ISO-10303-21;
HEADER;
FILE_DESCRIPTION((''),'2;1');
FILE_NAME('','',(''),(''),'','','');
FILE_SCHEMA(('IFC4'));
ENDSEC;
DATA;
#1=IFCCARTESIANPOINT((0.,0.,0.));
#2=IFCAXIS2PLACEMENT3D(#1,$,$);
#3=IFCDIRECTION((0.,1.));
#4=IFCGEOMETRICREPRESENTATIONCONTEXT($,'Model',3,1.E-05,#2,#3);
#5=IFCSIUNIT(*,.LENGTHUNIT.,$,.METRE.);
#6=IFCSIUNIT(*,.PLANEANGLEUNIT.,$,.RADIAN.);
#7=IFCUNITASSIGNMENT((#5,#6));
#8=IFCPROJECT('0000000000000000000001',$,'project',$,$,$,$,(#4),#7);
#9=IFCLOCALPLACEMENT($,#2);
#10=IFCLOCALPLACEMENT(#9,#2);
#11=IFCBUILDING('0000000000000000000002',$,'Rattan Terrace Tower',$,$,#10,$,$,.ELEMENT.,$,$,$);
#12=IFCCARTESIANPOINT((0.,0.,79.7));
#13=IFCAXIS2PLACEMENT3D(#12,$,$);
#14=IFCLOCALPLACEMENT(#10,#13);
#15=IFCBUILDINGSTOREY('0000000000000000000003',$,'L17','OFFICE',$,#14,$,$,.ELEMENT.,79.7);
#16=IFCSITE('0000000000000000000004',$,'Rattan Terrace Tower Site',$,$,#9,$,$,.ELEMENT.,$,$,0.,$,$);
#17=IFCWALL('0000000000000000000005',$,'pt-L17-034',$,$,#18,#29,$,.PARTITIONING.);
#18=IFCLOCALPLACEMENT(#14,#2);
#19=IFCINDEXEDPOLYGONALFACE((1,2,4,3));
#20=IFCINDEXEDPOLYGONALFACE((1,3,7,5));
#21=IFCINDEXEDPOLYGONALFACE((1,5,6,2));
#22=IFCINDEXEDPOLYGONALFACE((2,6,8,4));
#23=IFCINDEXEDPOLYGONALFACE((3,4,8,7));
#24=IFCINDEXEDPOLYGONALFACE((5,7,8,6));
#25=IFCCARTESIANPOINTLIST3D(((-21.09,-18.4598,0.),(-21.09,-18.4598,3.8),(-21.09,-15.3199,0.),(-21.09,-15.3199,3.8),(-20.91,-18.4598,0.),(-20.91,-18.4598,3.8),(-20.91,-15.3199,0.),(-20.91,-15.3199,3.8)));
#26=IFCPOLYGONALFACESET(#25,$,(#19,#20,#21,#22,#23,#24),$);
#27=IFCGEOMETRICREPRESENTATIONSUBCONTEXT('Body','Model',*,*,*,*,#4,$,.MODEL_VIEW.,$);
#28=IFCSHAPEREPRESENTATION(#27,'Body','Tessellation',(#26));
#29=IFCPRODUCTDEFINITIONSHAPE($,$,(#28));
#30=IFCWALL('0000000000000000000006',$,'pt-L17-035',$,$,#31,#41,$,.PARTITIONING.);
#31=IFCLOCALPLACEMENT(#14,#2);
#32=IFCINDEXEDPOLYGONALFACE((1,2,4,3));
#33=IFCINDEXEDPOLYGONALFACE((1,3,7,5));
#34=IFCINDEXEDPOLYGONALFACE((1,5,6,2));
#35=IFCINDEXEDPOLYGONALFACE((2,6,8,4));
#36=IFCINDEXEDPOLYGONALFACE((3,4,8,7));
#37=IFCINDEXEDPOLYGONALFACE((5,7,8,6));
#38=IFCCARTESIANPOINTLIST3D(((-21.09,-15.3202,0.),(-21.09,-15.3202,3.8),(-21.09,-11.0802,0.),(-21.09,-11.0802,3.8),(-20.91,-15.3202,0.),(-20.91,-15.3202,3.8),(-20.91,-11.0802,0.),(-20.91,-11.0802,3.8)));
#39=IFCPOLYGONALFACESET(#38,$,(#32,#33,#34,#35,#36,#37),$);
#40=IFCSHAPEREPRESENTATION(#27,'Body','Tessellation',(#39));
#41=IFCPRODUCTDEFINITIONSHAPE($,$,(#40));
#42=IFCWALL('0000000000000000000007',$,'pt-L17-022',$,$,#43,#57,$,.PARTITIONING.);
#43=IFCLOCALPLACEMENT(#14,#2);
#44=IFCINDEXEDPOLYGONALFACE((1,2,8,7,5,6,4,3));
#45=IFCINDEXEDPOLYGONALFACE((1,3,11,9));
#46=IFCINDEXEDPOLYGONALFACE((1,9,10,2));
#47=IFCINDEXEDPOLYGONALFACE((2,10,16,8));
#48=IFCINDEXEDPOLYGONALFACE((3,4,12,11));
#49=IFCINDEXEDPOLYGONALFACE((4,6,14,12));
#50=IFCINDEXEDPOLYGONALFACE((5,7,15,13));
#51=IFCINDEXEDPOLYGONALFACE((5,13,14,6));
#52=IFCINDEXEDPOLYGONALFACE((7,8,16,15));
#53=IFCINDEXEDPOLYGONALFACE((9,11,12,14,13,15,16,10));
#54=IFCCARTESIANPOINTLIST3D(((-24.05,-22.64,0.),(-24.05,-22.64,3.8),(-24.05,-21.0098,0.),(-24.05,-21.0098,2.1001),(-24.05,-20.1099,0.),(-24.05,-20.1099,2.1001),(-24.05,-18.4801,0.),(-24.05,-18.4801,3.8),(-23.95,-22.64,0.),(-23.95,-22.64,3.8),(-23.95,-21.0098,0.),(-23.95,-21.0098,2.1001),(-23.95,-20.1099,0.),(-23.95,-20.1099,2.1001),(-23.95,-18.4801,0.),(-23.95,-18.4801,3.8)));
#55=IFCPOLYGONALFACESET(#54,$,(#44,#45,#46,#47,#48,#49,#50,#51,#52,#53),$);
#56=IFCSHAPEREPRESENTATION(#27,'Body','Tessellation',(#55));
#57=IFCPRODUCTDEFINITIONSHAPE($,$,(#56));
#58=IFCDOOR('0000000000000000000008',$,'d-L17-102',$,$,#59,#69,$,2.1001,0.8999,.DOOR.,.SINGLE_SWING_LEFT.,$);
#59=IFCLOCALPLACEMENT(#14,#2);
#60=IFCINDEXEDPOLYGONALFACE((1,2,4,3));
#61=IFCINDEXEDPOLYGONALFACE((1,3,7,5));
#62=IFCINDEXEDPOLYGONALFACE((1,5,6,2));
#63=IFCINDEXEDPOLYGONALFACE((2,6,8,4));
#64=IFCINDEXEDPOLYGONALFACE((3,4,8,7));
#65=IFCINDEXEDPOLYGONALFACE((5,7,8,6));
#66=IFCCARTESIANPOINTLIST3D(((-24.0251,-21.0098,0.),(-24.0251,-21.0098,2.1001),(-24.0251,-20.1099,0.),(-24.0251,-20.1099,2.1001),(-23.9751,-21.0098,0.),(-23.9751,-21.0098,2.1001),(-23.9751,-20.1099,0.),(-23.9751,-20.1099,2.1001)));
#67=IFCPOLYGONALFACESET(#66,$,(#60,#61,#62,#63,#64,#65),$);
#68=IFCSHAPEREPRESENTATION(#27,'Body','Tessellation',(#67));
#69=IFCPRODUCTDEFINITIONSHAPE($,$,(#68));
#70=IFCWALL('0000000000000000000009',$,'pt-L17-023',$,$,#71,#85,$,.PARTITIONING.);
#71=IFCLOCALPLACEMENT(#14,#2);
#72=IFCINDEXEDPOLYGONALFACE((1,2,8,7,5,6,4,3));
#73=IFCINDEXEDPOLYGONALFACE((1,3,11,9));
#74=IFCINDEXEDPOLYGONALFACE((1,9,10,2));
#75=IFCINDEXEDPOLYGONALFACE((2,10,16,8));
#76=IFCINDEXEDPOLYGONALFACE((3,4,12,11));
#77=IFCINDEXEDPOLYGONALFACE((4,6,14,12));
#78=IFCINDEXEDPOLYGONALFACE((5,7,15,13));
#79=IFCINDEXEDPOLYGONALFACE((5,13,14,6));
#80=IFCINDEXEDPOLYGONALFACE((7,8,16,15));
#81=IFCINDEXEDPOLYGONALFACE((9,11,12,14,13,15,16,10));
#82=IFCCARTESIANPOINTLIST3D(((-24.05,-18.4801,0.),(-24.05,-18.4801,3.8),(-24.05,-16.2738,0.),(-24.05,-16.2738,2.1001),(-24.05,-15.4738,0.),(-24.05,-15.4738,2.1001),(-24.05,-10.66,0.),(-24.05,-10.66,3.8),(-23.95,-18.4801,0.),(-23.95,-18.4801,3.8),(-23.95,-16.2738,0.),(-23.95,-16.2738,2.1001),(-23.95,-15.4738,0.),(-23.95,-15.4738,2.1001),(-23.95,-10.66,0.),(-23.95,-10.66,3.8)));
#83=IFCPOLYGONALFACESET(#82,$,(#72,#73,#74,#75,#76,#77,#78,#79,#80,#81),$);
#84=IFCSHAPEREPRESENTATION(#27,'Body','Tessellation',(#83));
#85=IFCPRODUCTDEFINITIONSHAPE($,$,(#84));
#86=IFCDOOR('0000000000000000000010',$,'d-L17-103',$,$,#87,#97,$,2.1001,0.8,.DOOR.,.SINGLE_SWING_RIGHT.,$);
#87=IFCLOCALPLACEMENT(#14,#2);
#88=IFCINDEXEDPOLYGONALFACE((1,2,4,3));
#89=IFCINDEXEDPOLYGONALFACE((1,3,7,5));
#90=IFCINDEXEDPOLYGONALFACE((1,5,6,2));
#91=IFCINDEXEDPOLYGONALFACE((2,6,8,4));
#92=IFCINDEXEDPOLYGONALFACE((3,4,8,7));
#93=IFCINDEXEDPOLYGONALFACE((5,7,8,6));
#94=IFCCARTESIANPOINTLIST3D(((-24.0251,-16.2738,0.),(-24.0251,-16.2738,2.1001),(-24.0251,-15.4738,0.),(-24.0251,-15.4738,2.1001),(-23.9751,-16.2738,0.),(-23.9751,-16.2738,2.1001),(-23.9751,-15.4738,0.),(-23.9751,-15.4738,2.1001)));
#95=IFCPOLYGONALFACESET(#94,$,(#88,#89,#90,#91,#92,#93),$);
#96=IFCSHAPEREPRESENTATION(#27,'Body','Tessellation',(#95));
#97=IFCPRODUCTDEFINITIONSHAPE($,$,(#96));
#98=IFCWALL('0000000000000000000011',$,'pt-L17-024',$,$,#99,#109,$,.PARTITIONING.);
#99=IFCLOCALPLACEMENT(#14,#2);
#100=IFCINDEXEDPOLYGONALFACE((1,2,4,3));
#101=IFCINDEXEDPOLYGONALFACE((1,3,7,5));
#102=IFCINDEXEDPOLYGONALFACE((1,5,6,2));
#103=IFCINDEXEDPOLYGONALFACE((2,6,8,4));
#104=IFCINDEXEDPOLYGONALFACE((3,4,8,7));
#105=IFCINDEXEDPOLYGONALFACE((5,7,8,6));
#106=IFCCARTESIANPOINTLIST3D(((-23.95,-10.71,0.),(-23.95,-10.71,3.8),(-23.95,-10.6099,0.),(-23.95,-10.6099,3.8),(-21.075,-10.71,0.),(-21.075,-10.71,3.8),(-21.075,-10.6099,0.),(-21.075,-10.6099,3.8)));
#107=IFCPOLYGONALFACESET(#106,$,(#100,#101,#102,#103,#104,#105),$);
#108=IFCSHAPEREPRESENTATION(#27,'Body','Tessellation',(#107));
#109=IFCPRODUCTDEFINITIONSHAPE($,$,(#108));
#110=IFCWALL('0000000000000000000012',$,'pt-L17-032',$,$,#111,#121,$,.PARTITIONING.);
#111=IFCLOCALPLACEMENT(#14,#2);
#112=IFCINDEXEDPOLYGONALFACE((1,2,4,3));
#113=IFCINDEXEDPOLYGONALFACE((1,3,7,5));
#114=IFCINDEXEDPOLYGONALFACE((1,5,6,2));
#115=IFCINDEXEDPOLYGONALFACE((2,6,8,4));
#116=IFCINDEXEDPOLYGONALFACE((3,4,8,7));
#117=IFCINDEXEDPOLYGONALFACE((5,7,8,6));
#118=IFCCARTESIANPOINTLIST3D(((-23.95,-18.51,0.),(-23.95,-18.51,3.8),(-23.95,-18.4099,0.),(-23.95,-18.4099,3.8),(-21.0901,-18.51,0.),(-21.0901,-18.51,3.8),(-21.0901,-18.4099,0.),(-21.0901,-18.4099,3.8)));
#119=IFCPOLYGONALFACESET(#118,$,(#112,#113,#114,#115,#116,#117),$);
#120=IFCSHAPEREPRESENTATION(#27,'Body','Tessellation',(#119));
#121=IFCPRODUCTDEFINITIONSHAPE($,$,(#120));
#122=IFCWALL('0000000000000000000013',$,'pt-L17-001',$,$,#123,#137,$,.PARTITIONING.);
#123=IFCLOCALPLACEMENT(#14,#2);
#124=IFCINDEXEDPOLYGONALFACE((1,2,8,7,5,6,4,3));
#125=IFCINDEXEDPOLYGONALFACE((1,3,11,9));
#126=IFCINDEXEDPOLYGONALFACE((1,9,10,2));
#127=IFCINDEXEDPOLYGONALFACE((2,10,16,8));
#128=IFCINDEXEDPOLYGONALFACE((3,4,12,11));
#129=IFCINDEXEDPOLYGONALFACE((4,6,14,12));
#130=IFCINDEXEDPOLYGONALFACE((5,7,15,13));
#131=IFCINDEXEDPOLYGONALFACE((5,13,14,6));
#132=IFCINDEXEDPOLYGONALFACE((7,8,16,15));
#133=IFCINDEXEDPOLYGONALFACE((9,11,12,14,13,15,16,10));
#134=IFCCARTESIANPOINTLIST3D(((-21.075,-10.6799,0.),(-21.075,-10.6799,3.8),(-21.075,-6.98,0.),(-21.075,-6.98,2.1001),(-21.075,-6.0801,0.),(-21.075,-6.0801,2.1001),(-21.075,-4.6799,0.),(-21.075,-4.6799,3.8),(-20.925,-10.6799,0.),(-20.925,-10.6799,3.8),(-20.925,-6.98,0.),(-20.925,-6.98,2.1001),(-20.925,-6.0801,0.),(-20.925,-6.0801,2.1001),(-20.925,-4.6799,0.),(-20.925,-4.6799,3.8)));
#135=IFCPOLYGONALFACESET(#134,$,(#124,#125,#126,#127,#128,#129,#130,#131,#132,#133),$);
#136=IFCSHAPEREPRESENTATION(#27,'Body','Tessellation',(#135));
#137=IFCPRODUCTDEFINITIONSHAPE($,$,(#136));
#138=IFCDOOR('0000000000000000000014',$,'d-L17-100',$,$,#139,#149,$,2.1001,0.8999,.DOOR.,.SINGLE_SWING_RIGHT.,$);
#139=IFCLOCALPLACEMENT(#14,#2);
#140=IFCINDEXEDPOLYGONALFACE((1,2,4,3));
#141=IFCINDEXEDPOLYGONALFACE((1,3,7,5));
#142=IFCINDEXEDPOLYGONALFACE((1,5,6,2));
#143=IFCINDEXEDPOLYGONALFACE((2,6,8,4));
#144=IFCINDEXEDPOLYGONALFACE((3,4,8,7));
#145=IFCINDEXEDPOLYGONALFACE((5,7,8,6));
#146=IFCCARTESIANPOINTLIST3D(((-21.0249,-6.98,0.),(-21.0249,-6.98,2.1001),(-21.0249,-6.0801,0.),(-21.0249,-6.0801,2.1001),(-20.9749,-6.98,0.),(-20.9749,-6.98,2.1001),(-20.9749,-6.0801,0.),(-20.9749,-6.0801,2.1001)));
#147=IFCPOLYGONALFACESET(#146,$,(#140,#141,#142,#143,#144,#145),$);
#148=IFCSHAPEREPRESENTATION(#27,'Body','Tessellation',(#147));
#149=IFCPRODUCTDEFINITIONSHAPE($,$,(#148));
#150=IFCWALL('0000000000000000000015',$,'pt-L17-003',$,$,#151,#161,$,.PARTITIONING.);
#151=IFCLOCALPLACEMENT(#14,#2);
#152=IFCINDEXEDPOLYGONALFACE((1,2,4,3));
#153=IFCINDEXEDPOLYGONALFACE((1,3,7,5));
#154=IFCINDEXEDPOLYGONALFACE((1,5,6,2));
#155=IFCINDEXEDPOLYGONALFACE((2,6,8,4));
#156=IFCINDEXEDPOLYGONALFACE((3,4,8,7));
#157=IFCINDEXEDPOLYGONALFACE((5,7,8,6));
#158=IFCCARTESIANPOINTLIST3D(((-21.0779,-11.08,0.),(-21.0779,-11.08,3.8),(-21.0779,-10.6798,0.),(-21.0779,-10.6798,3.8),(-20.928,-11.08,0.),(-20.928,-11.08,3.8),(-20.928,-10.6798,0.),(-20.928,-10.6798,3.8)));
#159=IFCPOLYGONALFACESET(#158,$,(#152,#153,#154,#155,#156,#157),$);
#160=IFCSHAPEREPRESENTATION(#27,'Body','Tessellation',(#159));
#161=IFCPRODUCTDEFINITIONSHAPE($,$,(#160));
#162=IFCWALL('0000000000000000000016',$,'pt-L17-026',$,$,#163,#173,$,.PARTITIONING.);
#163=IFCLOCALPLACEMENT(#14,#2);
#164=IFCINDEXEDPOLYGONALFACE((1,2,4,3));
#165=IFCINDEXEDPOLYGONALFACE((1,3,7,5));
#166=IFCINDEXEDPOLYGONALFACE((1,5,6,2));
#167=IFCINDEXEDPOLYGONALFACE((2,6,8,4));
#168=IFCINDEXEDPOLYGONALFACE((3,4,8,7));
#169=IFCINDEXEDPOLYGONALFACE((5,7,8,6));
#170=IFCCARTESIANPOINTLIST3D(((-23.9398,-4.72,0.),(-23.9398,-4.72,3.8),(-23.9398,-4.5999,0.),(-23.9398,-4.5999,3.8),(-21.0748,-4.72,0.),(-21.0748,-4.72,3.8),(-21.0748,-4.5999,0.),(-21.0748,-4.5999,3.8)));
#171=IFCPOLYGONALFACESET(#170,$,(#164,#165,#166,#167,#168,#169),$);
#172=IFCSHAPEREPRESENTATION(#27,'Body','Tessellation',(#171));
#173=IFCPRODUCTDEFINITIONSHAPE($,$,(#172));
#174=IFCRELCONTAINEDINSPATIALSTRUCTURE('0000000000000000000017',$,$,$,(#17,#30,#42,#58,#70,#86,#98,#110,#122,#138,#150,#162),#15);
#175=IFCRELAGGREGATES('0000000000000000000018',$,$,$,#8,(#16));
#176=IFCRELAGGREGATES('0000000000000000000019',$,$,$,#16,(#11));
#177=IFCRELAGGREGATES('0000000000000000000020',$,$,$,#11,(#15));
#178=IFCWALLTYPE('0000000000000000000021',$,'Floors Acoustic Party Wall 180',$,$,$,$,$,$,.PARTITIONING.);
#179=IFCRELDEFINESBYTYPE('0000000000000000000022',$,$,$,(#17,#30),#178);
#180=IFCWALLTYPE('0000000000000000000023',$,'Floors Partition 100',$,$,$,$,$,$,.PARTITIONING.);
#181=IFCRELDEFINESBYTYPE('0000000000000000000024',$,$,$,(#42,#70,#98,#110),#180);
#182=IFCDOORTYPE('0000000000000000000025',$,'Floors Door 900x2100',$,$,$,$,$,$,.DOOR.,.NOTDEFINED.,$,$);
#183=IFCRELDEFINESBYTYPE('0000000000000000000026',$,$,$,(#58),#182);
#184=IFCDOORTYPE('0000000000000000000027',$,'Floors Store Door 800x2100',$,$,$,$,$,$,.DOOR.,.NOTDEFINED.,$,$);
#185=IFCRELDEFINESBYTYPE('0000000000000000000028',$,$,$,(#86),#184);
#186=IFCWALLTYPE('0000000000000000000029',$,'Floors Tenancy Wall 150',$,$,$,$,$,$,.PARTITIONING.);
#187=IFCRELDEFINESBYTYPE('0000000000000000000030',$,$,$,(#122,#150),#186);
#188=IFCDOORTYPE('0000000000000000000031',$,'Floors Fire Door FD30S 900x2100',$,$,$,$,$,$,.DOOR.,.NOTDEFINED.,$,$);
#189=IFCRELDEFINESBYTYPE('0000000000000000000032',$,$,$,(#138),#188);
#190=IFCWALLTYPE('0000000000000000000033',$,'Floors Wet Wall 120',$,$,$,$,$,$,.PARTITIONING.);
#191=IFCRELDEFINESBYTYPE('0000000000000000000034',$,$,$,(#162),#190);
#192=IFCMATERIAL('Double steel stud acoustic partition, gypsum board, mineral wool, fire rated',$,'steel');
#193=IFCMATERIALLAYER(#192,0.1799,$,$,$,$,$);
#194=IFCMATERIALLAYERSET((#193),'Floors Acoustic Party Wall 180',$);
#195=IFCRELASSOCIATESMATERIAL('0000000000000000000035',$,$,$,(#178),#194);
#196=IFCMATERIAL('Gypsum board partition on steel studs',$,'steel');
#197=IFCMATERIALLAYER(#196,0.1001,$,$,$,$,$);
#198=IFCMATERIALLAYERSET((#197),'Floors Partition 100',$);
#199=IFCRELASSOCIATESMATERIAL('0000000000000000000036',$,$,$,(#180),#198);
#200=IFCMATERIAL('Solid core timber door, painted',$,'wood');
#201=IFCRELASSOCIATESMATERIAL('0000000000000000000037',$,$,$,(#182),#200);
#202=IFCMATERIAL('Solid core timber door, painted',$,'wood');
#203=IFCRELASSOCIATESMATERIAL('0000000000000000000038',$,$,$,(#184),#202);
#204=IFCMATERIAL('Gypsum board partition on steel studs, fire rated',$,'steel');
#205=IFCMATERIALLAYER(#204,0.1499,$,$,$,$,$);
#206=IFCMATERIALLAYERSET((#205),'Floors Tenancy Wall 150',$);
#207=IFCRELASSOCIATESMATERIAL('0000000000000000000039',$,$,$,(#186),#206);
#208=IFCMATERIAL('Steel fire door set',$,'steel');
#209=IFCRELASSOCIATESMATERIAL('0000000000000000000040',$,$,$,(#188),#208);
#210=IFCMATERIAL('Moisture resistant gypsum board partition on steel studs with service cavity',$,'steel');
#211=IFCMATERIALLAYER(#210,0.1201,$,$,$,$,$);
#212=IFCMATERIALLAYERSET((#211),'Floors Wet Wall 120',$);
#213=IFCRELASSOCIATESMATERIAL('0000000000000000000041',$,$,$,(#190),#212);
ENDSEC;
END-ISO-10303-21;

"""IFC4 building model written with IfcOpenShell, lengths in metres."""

from ifc_helpers import new_model, si_unit, direction, frame, frame_2d, origin, place, context, subcontext, project, spatial, rectangle, extrude, material, layer, layer_set, type_object, element, fill, save


model = new_model("IFC4")

# Units and contexts
model_context = context("Model", 3, precision=1e-05, world=origin(), true_north=direction((0.0, 1.0)))
body_context = subcontext(model_context, "Body", "Model", "MODEL_VIEW")
ifc_project = project(units=[si_unit("LENGTHUNIT", "METRE"), si_unit("PLANEANGLEUNIT", "RADIAN")], contexts=[model_context])

# Site, building, storey
site_placement = place(None, origin())
site = spatial("IfcSite", under=ifc_project, at=site_placement, Name="Rattan Terrace Tower Site", CompositionType="ELEMENT", RefElevation=0.0)
building_placement = place(site_placement, origin())
building = spatial("IfcBuilding", under=site, at=building_placement, Name="Rattan Terrace Tower", CompositionType="ELEMENT")
storey_placement = place(building_placement, frame((0.0, 0.0, 79.7)))
storey = spatial("IfcBuildingStorey", under=building, at=storey_placement, Name="L17", Description="OFFICE", CompositionType="ELEMENT", Elevation=79.7)

# Walls
ifc_material_1 = material(Name="Double steel stud acoustic partition, gypsum board, mineral wool, fire rated", Category="steel")
ifc_layer_1 = layer(ifc_material_1, 0.1799)
ifc_layer_set_1 = layer_set([ifc_layer_1], Name="Floors Acoustic Party Wall 180")
wall_type_1 = type_object("IfcWallType", Name="Floors Acoustic Party Wall 180", PredefinedType="PARTITIONING", material=ifc_layer_set_1)
wall_1_placement = place(storey_placement, frame((-21.0, -15.3201, 0.0), z_axis=(0.0, 0.0, 1.0), x_axis=(0.0, -1.0, 0.0)))
element("IfcWall", 1, at=wall_1_placement, inside=storey, type_object=wall_type_1, Name="pt-L17-034", PredefinedType="PARTITIONING", context=body_context, shape_type="SweptSolid", body=[
    extrude(rectangle(XDim=3.1399, YDim=0.1799, at=frame_2d((1.5698, 0.0))), origin(), (0.0, 0.0, 1.0), 3.8),
])
wall_2_placement = place(storey_placement, frame((-21.0, -11.0801, 0.0), z_axis=(0.0, 0.0, 1.0), x_axis=(0.0, -1.0, 0.0)))
element("IfcWall", 2, at=wall_2_placement, inside=storey, type_object=wall_type_1, Name="pt-L17-035", PredefinedType="PARTITIONING", context=body_context, shape_type="SweptSolid", body=[
    extrude(rectangle(XDim=4.24, YDim=0.1799, at=frame_2d((2.1201, 0.0))), origin(), (0.0, 0.0, 1.0), 3.8),
])

# Walls, openings, doors
ifc_material_2 = material(Name="Gypsum board partition on steel studs", Category="steel")
ifc_layer_2 = layer(ifc_material_2, 0.1001)
ifc_layer_set_2 = layer_set([ifc_layer_2], Name="Floors Partition 100")
wall_type_2 = type_object("IfcWallType", Name="Floors Partition 100", PredefinedType="PARTITIONING", material=ifc_layer_set_2)
wall_3_placement = place(storey_placement, frame((-24.0, -18.48, 0.0), z_axis=(0.0, 0.0, 1.0), x_axis=(0.0, -1.0, 0.0)))
wall_3 = element("IfcWall", 3, at=wall_3_placement, inside=storey, type_object=wall_type_2, Name="pt-L17-022", PredefinedType="PARTITIONING", context=body_context, shape_type="SweptSolid", body=[
    extrude(rectangle(XDim=4.1599, YDim=0.1001, at=frame_2d((2.0801, 0.0))), origin(), (0.0, 0.0, 1.0), 3.8),
])
opening_1_placement = place(wall_3_placement, frame((1.6299, 0.0, 0.0)))
opening_1 = element("IfcOpeningElement", 4, at=opening_1_placement, cuts=wall_3, PredefinedType="OPENING", context=body_context, shape_type="SweptSolid", body=[
    extrude(rectangle(XDim=0.8999, YDim=2.1001, at=frame_2d((0.45, 1.05))), frame((0.0, 0.0605, 0.0), z_axis=(0.0, -1.0, 0.0), x_axis=(1.0, 0.0, 0.0)), (0.0, 0.0, 1.0), 0.1211),
])
ifc_material_3 = material(Name="Solid core timber door, painted", Category="wood")
door_type_1 = type_object("IfcDoorType", Name="Floors Door 900x2100", OperationType="NOTDEFINED", PredefinedType="DOOR", material=ifc_material_3)
door_1_placement = place(opening_1_placement, origin())
door_1 = element("IfcDoor", 5, at=door_1_placement, inside=storey, type_object=door_type_1, Name="d-L17-102", OperationType="SINGLE_SWING_LEFT", OverallHeight=2.1001, OverallWidth=0.8999, PredefinedType="DOOR", context=body_context, shape_type="SweptSolid", body=[
    extrude(rectangle(XDim=0.8999, YDim=2.1001, at=frame_2d((0.45, 1.05))), frame((0.0, 0.0249, 0.0), z_axis=(0.0, -1.0, 0.0), x_axis=(1.0, 0.0, 0.0)), (0.0, 0.0, 1.0), 0.05),
])
fill(opening_1, door_1)
wall_4_placement = place(storey_placement, frame((-24.0, -10.6599, 0.0), z_axis=(0.0, 0.0, 1.0), x_axis=(0.0, -1.0, 0.0)))
wall_4 = element("IfcWall", 6, at=wall_4_placement, inside=storey, type_object=wall_type_2, Name="pt-L17-023", PredefinedType="PARTITIONING", context=body_context, shape_type="SweptSolid", body=[
    extrude(rectangle(XDim=7.8201, YDim=0.1001, at=frame_2d((3.9102, 0.0))), origin(), (0.0, 0.0, 1.0), 3.8),
])
opening_2_placement = place(wall_4_placement, frame((4.814, 0.0, 0.0)))
opening_2 = element("IfcOpeningElement", 7, at=opening_2_placement, cuts=wall_4, PredefinedType="OPENING", context=body_context, shape_type="SweptSolid", body=[
    extrude(rectangle(XDim=0.8, YDim=2.1001, at=frame_2d((0.3999, 1.05))), frame((0.0, 0.0605, 0.0), z_axis=(0.0, -1.0, 0.0), x_axis=(1.0, 0.0, 0.0)), (0.0, 0.0, 1.0), 0.1211),
])
ifc_material_4 = material(Name="Solid core timber door, painted", Category="wood")
door_type_2 = type_object("IfcDoorType", Name="Floors Store Door 800x2100", OperationType="NOTDEFINED", PredefinedType="DOOR", material=ifc_material_4)
door_2_placement = place(opening_2_placement, origin())
door_2 = element("IfcDoor", 8, at=door_2_placement, inside=storey, type_object=door_type_2, Name="d-L17-103", OperationType="SINGLE_SWING_RIGHT", OverallHeight=2.1001, OverallWidth=0.8, PredefinedType="DOOR", context=body_context, shape_type="SweptSolid", body=[
    extrude(rectangle(XDim=0.8, YDim=2.1001, at=frame_2d((0.3999, 1.05))), frame((0.0, 0.0249, 0.0), z_axis=(0.0, -1.0, 0.0), x_axis=(1.0, 0.0, 0.0)), (0.0, 0.0, 1.0), 0.05),
])
fill(opening_2, door_2)

# Walls
wall_5_placement = place(storey_placement, frame((-21.075, -10.6599, 0.0), z_axis=(0.0, 0.0, 1.0), x_axis=(-1.0, 0.0, 0.0)))
element("IfcWall", 9, at=wall_5_placement, inside=storey, type_object=wall_type_2, Name="pt-L17-024", PredefinedType="PARTITIONING", context=body_context, shape_type="SweptSolid", body=[
    extrude(rectangle(XDim=2.875, YDim=0.1001, at=frame_2d((1.4375, 0.0))), origin(), (0.0, 0.0, 1.0), 3.8),
])
wall_6_placement = place(storey_placement, frame((-23.95, -18.46, 0.0), z_axis=(0.0, 0.0, 1.0), x_axis=(1.0, 0.0, 0.0)))
element("IfcWall", 10, at=wall_6_placement, inside=storey, type_object=wall_type_2, Name="pt-L17-032", PredefinedType="PARTITIONING", context=body_context, shape_type="SweptSolid", body=[
    extrude(rectangle(XDim=2.8599, YDim=0.1001, at=frame_2d((1.4299, 0.0))), origin(), (0.0, 0.0, 1.0), 3.8),
])

# Wall, opening, door
ifc_material_5 = material(Name="Gypsum board partition on steel studs, fire rated", Category="steel")
ifc_layer_3 = layer(ifc_material_5, 0.1499)
ifc_layer_set_3 = layer_set([ifc_layer_3], Name="Floors Tenancy Wall 150")
wall_type_3 = type_object("IfcWallType", Name="Floors Tenancy Wall 150", PredefinedType="PARTITIONING", material=ifc_layer_set_3)
wall_7_placement = place(storey_placement, frame((-21.0, -10.6799, 0.0), z_axis=(0.0, 0.0, 1.0), x_axis=(0.0, 1.0, 0.0)))
wall_7 = element("IfcWall", 11, at=wall_7_placement, inside=storey, type_object=wall_type_3, Name="pt-L17-001", PredefinedType="PARTITIONING", context=body_context, shape_type="SweptSolid", body=[
    extrude(rectangle(XDim=6.0, YDim=0.1499, at=frame_2d((3.0, 0.0))), origin(), (0.0, 0.0, 1.0), 3.8),
])
opening_3_placement = place(wall_7_placement, frame((3.7, 0.0, 0.0)))
opening_3 = element("IfcOpeningElement", 12, at=opening_3_placement, cuts=wall_7, PredefinedType="OPENING", context=body_context, shape_type="SweptSolid", body=[
    extrude(rectangle(XDim=0.8999, YDim=2.1001, at=frame_2d((0.45, 1.05))), frame((0.0, 0.0854, 0.0), z_axis=(0.0, -1.0, 0.0), x_axis=(1.0, 0.0, 0.0)), (0.0, 0.0, 1.0), 0.1709),
])
ifc_material_6 = material(Name="Steel fire door set", Category="steel")
door_type_3 = type_object("IfcDoorType", Name="Floors Fire Door FD30S 900x2100", OperationType="NOTDEFINED", PredefinedType="DOOR", material=ifc_material_6)
door_3_placement = place(opening_3_placement, origin())
door_3 = element("IfcDoor", 13, at=door_3_placement, inside=storey, type_object=door_type_3, Name="d-L17-100", OperationType="SINGLE_SWING_RIGHT", OverallHeight=2.1001, OverallWidth=0.8999, PredefinedType="DOOR", context=body_context, shape_type="SweptSolid", body=[
    extrude(rectangle(XDim=0.8999, YDim=2.1001, at=frame_2d((0.45, 1.05))), frame((0.0, 0.0249, 0.0), z_axis=(0.0, -1.0, 0.0), x_axis=(1.0, 0.0, 0.0)), (0.0, 0.0, 1.0), 0.05),
])
fill(opening_3, door_3)

# Walls
wall_8_placement = place(storey_placement, frame((-21.0029, -11.0801, 0.0), z_axis=(0.0, 0.0, 1.0), x_axis=(0.0, 1.0, 0.0)))
element("IfcWall", 14, at=wall_8_placement, inside=storey, type_object=wall_type_3, Name="pt-L17-003", PredefinedType="PARTITIONING", context=body_context, shape_type="SweptSolid", body=[
    extrude(rectangle(XDim=0.4001, YDim=0.1499, at=frame_2d((0.2002, 0.0))), origin(), (0.0, 0.0, 1.0), 3.8),
])
ifc_material_7 = material(Name="Moisture resistant gypsum board partition on steel studs with service cavity", Category="steel")
ifc_layer_4 = layer(ifc_material_7, 0.1201)
ifc_layer_set_4 = layer_set([ifc_layer_4], Name="Floors Wet Wall 120")
wall_type_4 = type_object("IfcWallType", Name="Floors Wet Wall 120", PredefinedType="PARTITIONING", material=ifc_layer_set_4)
wall_9_placement = place(storey_placement, frame((-23.9399, -4.6599, 0.0), z_axis=(0.0, 0.0, 1.0), x_axis=(1.0, 0.0, 0.0)))
element("IfcWall", 15, at=wall_9_placement, inside=storey, type_object=wall_type_4, Name="pt-L17-026", PredefinedType="PARTITIONING", context=body_context, shape_type="SweptSolid", body=[
    extrude(rectangle(XDim=2.865, YDim=0.1201, at=frame_2d((1.4326, 0.0))), origin(), (0.0, 0.0, 1.0), 3.8),
])

save(model, "model.ifc")
